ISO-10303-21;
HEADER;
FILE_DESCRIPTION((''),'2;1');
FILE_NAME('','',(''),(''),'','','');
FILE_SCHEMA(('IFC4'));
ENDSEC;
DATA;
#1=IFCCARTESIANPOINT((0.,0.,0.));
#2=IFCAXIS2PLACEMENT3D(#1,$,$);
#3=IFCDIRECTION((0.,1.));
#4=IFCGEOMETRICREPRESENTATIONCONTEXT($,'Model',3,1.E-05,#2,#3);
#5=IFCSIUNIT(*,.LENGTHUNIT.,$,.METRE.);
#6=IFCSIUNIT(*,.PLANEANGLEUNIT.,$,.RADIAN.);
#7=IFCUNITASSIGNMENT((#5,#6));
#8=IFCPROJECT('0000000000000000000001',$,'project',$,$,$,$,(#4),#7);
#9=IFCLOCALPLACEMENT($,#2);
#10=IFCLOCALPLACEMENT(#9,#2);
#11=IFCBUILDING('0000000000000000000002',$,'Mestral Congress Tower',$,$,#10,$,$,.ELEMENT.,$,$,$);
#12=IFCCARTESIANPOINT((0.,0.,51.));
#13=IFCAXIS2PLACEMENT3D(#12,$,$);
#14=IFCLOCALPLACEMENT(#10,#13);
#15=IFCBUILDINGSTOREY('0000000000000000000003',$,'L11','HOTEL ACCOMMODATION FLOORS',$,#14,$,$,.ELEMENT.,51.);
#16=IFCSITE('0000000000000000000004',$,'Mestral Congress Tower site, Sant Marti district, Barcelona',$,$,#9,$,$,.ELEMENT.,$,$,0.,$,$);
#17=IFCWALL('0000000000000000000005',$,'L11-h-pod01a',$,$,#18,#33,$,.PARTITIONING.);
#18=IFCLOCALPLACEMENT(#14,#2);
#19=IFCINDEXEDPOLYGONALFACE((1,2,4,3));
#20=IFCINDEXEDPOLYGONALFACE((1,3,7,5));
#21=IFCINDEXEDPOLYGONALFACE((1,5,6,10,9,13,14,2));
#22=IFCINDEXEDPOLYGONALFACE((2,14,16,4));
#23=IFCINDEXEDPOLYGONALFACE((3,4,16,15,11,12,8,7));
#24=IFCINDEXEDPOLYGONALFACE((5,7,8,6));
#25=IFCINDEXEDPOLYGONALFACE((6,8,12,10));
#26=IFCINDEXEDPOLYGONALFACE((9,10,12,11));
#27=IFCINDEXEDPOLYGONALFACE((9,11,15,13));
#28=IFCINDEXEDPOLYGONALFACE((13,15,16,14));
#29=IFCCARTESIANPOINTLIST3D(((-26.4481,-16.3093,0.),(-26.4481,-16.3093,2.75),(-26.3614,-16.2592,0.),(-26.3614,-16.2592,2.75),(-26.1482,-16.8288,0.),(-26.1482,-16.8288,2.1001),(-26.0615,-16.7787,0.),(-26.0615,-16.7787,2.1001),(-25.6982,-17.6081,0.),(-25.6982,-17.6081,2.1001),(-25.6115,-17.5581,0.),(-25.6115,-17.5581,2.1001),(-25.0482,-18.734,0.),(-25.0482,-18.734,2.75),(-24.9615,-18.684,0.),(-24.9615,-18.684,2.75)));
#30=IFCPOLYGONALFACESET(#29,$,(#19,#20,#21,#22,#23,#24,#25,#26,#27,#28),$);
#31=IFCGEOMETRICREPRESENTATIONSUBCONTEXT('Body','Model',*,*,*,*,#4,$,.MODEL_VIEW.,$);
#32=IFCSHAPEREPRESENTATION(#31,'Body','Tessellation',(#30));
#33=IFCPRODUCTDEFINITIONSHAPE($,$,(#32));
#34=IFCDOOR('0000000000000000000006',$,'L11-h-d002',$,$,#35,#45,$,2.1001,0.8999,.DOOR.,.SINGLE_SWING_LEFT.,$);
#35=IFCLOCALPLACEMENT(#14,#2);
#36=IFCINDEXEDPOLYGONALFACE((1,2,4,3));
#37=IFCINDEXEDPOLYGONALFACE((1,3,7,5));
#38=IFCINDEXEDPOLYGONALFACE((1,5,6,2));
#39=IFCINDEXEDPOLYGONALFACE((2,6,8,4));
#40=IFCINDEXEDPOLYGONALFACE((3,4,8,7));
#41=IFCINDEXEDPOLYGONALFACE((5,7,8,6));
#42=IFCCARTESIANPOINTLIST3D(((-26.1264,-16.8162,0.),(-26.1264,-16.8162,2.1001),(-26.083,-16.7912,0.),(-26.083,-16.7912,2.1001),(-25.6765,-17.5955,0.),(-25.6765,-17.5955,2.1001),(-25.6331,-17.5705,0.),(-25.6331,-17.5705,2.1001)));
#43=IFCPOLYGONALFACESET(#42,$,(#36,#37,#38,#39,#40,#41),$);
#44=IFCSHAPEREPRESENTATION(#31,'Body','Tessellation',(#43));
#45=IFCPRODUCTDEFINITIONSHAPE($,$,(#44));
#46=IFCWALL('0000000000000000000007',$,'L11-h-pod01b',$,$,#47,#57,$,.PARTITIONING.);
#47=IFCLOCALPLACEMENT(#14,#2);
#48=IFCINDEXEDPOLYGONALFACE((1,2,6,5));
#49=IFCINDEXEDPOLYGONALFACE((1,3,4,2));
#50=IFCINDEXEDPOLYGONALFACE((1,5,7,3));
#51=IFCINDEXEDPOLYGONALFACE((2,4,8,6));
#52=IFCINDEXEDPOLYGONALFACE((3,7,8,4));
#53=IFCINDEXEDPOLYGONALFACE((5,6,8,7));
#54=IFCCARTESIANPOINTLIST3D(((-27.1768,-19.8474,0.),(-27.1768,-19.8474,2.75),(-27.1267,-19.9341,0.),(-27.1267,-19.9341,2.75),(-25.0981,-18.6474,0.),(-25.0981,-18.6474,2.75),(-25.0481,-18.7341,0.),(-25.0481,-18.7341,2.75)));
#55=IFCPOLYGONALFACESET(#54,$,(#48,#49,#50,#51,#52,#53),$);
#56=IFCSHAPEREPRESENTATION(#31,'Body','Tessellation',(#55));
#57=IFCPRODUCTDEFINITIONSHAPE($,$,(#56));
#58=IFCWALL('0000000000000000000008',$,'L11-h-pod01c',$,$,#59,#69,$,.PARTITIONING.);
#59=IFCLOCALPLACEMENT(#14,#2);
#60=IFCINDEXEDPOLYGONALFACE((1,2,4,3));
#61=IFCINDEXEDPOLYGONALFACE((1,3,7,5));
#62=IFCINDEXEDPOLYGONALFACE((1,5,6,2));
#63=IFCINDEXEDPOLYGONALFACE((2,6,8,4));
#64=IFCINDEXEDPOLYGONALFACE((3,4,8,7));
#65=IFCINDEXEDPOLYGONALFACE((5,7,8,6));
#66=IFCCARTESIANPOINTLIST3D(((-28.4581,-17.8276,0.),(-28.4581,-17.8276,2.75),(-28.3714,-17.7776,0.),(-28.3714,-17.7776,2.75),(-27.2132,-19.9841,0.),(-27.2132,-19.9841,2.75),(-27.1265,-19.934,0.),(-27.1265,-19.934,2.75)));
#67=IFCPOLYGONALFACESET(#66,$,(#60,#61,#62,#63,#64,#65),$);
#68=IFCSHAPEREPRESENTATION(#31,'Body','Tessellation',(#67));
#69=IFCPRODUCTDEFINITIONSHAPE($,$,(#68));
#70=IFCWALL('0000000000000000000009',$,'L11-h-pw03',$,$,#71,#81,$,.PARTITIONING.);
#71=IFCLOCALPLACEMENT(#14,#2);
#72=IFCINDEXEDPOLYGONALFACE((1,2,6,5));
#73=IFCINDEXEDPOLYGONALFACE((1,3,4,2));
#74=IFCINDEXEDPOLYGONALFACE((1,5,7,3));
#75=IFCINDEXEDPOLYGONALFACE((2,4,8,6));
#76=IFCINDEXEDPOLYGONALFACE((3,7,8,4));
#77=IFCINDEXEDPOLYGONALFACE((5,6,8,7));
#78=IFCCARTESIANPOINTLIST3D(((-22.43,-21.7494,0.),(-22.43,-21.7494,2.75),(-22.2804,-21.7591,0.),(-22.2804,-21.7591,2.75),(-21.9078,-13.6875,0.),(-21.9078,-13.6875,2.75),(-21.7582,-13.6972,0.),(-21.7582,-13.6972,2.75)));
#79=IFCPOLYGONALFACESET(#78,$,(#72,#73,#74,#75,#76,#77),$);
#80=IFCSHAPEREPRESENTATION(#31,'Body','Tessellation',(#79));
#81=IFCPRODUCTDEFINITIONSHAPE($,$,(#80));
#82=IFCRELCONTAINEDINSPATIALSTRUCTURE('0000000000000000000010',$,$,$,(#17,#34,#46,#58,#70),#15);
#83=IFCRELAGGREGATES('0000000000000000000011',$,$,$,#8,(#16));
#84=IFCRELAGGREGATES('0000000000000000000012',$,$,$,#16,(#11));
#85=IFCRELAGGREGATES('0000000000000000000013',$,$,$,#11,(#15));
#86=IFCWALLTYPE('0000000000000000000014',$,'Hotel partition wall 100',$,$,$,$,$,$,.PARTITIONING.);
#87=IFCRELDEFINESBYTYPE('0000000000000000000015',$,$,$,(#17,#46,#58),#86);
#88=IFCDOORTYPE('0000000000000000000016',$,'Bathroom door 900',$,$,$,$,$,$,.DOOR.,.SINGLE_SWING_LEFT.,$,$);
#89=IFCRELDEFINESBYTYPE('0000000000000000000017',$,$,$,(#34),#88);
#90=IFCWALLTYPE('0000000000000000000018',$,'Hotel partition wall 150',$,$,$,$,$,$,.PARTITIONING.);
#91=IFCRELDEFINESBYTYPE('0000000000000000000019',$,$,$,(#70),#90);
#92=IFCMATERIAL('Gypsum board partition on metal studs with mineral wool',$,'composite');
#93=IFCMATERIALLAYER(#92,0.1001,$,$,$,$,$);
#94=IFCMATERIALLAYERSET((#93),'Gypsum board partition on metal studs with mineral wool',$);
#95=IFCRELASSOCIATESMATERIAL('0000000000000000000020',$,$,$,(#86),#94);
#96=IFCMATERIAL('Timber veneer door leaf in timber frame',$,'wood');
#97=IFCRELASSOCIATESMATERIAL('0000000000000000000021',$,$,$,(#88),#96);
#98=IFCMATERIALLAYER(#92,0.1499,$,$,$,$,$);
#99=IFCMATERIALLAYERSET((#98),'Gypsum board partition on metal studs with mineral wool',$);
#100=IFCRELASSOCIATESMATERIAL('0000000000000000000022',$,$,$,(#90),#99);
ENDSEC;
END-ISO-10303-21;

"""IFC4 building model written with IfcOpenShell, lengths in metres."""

from ifc_helpers import new_model, si_unit, direction, frame, frame_2d, origin, place, context, subcontext, project, spatial, rectangle, extrude, material, layer, layer_set, type_object, element, fill, save


model = new_model("IFC4")

# Units and contexts
model_context = context("Model", 3, precision=1e-05, world=origin(), true_north=direction((0.0, 1.0)))
body_context = subcontext(model_context, "Body", "Model", "MODEL_VIEW")
ifc_project = project(units=[si_unit("LENGTHUNIT", "METRE"), si_unit("PLANEANGLEUNIT", "RADIAN")], contexts=[model_context])

# Site, building, storey
site_placement = place(None, origin())
site = spatial("IfcSite", under=ifc_project, at=site_placement, Name="Mestral Congress Tower site, Sant Marti district, Barcelona", CompositionType="ELEMENT", RefElevation=0.0)
building_placement = place(site_placement, origin())
building = spatial("IfcBuilding", under=site, at=building_placement, Name="Mestral Congress Tower", CompositionType="ELEMENT")
storey_placement = place(building_placement, frame((0.0, 0.0, 51.0)))
storey = spatial("IfcBuildingStorey", under=building, at=storey_placement, Name="L11", Description="HOTEL ACCOMMODATION FLOORS", CompositionType="ELEMENT", Elevation=51.0)

# Wall, opening, door
ifc_material_1 = material(Name="Gypsum board partition on metal studs with mineral wool", Category="composite")
ifc_layer_1 = layer(ifc_material_1, 0.1001)
ifc_layer_set_1 = layer_set([ifc_layer_1], Name="Gypsum board partition on metal studs with mineral wool")
wall_type_1 = type_object("IfcWallType", Name="Hotel partition wall 100", PredefinedType="PARTITIONING", material=ifc_layer_set_1)
wall_1_placement = place(storey_placement, frame((-25.0049, -18.709, 0.0), z_axis=(0.0, 0.0, 1.0), x_axis=(-0.499984, 0.866035, 0.0)))
wall_1 = element("IfcWall", 1, at=wall_1_placement, inside=storey, type_object=wall_type_1, Name="L11-h-pod01a", PredefinedType="PARTITIONING", context=body_context, shape_type="SweptSolid", body=[
    extrude(rectangle(XDim=2.7998, YDim=0.1001, at=frame_2d((1.3999, 0.0))), origin(), (0.0, 0.0, 1.0), 2.75),
])
opening_1_placement = place(wall_1_placement, frame((1.3, 0.0, 0.0)))
opening_1 = element("IfcOpeningElement", 2, at=opening_1_placement, cuts=wall_1, PredefinedType="OPENING", context=body_context, shape_type="SweptSolid", body=[
    extrude(rectangle(XDim=0.8999, YDim=2.1001, at=frame_2d((0.45, 1.05))), frame((0.0, 0.0601, 0.0), z_axis=(0.0, -1.0, 0.0), x_axis=(1.0, 0.0, 0.0)), (0.0, 0.0, 1.0), 0.1201),
])
ifc_material_2 = material(Name="Timber veneer door leaf in timber frame", Category="wood")
door_type = type_object("IfcDoorType", Name="Bathroom door 900", OperationType="SINGLE_SWING_LEFT", PredefinedType="DOOR", material=ifc_material_2)
door_placement = place(opening_1_placement, origin())
door = element("IfcDoor", 3, at=door_placement, inside=storey, type_object=door_type, Name="L11-h-d002", OperationType="SINGLE_SWING_LEFT", OverallHeight=2.1001, OverallWidth=0.8999, PredefinedType="DOOR", context=body_context, shape_type="SweptSolid", body=[
    extrude(rectangle(XDim=0.8999, YDim=2.1001, at=frame_2d((0.45, 1.05))), frame((0.0, 0.0249, 0.0), z_axis=(0.0, -1.0, 0.0), x_axis=(1.0, 0.0, 0.0)), (0.0, 0.0, 1.0), 0.05),
])
fill(opening_1, door)

# Walls
wall_2_placement = place(storey_placement, frame((-25.073, -18.6907, 0.0), z_axis=(0.0, 0.0, 1.0), x_axis=(-0.86605, -0.499957, 0.0)))
element("IfcWall", 4, at=wall_2_placement, inside=storey, type_object=wall_type_1, Name="L11-h-pod01b", PredefinedType="PARTITIONING", context=body_context, shape_type="SweptSolid", body=[
    extrude(rectangle(XDim=2.4001, YDim=0.1001, at=frame_2d((1.2002, 0.0))), origin(), (0.0, 0.0, 1.0), 2.75),
])
wall_3_placement = place(storey_placement, frame((-28.4148, -17.8025, 0.0), z_axis=(0.0, 0.0, 1.0), x_axis=(0.499946, -0.866057, 0.0)))
element("IfcWall", 5, at=wall_3_placement, inside=storey, type_object=wall_type_1, Name="L11-h-pod01c", PredefinedType="PARTITIONING", context=body_context, shape_type="SweptSolid", body=[
    extrude(rectangle(XDim=2.49, YDim=0.1001, at=frame_2d((1.2451, 0.0))), origin(), (0.0, 0.0, 1.0), 2.75),
])
ifc_layer_2 = layer(ifc_material_1, 0.1499)
ifc_layer_set_2 = layer_set([ifc_layer_2], Name="Gypsum board partition on metal studs with mineral wool")
wall_type_2 = type_object("IfcWallType", Name="Hotel partition wall 150", PredefinedType="PARTITIONING", material=ifc_layer_set_2)
wall_4_placement = place(storey_placement, frame((-22.3552, -21.7544, 0.0), z_axis=(0.0, 0.0, 1.0), x_axis=(0.06464, 0.997909, 0.0)))
element("IfcWall", 6, at=wall_4_placement, inside=storey, type_object=wall_type_2, Name="L11-h-pw03", PredefinedType="PARTITIONING", context=body_context, shape_type="SweptSolid", body=[
    extrude(rectangle(XDim=8.0789, YDim=0.1499, at=frame_2d((4.0396, 0.0))), origin(), (0.0, 0.0, 1.0), 2.75),
])

save(model, "model.ifc")
